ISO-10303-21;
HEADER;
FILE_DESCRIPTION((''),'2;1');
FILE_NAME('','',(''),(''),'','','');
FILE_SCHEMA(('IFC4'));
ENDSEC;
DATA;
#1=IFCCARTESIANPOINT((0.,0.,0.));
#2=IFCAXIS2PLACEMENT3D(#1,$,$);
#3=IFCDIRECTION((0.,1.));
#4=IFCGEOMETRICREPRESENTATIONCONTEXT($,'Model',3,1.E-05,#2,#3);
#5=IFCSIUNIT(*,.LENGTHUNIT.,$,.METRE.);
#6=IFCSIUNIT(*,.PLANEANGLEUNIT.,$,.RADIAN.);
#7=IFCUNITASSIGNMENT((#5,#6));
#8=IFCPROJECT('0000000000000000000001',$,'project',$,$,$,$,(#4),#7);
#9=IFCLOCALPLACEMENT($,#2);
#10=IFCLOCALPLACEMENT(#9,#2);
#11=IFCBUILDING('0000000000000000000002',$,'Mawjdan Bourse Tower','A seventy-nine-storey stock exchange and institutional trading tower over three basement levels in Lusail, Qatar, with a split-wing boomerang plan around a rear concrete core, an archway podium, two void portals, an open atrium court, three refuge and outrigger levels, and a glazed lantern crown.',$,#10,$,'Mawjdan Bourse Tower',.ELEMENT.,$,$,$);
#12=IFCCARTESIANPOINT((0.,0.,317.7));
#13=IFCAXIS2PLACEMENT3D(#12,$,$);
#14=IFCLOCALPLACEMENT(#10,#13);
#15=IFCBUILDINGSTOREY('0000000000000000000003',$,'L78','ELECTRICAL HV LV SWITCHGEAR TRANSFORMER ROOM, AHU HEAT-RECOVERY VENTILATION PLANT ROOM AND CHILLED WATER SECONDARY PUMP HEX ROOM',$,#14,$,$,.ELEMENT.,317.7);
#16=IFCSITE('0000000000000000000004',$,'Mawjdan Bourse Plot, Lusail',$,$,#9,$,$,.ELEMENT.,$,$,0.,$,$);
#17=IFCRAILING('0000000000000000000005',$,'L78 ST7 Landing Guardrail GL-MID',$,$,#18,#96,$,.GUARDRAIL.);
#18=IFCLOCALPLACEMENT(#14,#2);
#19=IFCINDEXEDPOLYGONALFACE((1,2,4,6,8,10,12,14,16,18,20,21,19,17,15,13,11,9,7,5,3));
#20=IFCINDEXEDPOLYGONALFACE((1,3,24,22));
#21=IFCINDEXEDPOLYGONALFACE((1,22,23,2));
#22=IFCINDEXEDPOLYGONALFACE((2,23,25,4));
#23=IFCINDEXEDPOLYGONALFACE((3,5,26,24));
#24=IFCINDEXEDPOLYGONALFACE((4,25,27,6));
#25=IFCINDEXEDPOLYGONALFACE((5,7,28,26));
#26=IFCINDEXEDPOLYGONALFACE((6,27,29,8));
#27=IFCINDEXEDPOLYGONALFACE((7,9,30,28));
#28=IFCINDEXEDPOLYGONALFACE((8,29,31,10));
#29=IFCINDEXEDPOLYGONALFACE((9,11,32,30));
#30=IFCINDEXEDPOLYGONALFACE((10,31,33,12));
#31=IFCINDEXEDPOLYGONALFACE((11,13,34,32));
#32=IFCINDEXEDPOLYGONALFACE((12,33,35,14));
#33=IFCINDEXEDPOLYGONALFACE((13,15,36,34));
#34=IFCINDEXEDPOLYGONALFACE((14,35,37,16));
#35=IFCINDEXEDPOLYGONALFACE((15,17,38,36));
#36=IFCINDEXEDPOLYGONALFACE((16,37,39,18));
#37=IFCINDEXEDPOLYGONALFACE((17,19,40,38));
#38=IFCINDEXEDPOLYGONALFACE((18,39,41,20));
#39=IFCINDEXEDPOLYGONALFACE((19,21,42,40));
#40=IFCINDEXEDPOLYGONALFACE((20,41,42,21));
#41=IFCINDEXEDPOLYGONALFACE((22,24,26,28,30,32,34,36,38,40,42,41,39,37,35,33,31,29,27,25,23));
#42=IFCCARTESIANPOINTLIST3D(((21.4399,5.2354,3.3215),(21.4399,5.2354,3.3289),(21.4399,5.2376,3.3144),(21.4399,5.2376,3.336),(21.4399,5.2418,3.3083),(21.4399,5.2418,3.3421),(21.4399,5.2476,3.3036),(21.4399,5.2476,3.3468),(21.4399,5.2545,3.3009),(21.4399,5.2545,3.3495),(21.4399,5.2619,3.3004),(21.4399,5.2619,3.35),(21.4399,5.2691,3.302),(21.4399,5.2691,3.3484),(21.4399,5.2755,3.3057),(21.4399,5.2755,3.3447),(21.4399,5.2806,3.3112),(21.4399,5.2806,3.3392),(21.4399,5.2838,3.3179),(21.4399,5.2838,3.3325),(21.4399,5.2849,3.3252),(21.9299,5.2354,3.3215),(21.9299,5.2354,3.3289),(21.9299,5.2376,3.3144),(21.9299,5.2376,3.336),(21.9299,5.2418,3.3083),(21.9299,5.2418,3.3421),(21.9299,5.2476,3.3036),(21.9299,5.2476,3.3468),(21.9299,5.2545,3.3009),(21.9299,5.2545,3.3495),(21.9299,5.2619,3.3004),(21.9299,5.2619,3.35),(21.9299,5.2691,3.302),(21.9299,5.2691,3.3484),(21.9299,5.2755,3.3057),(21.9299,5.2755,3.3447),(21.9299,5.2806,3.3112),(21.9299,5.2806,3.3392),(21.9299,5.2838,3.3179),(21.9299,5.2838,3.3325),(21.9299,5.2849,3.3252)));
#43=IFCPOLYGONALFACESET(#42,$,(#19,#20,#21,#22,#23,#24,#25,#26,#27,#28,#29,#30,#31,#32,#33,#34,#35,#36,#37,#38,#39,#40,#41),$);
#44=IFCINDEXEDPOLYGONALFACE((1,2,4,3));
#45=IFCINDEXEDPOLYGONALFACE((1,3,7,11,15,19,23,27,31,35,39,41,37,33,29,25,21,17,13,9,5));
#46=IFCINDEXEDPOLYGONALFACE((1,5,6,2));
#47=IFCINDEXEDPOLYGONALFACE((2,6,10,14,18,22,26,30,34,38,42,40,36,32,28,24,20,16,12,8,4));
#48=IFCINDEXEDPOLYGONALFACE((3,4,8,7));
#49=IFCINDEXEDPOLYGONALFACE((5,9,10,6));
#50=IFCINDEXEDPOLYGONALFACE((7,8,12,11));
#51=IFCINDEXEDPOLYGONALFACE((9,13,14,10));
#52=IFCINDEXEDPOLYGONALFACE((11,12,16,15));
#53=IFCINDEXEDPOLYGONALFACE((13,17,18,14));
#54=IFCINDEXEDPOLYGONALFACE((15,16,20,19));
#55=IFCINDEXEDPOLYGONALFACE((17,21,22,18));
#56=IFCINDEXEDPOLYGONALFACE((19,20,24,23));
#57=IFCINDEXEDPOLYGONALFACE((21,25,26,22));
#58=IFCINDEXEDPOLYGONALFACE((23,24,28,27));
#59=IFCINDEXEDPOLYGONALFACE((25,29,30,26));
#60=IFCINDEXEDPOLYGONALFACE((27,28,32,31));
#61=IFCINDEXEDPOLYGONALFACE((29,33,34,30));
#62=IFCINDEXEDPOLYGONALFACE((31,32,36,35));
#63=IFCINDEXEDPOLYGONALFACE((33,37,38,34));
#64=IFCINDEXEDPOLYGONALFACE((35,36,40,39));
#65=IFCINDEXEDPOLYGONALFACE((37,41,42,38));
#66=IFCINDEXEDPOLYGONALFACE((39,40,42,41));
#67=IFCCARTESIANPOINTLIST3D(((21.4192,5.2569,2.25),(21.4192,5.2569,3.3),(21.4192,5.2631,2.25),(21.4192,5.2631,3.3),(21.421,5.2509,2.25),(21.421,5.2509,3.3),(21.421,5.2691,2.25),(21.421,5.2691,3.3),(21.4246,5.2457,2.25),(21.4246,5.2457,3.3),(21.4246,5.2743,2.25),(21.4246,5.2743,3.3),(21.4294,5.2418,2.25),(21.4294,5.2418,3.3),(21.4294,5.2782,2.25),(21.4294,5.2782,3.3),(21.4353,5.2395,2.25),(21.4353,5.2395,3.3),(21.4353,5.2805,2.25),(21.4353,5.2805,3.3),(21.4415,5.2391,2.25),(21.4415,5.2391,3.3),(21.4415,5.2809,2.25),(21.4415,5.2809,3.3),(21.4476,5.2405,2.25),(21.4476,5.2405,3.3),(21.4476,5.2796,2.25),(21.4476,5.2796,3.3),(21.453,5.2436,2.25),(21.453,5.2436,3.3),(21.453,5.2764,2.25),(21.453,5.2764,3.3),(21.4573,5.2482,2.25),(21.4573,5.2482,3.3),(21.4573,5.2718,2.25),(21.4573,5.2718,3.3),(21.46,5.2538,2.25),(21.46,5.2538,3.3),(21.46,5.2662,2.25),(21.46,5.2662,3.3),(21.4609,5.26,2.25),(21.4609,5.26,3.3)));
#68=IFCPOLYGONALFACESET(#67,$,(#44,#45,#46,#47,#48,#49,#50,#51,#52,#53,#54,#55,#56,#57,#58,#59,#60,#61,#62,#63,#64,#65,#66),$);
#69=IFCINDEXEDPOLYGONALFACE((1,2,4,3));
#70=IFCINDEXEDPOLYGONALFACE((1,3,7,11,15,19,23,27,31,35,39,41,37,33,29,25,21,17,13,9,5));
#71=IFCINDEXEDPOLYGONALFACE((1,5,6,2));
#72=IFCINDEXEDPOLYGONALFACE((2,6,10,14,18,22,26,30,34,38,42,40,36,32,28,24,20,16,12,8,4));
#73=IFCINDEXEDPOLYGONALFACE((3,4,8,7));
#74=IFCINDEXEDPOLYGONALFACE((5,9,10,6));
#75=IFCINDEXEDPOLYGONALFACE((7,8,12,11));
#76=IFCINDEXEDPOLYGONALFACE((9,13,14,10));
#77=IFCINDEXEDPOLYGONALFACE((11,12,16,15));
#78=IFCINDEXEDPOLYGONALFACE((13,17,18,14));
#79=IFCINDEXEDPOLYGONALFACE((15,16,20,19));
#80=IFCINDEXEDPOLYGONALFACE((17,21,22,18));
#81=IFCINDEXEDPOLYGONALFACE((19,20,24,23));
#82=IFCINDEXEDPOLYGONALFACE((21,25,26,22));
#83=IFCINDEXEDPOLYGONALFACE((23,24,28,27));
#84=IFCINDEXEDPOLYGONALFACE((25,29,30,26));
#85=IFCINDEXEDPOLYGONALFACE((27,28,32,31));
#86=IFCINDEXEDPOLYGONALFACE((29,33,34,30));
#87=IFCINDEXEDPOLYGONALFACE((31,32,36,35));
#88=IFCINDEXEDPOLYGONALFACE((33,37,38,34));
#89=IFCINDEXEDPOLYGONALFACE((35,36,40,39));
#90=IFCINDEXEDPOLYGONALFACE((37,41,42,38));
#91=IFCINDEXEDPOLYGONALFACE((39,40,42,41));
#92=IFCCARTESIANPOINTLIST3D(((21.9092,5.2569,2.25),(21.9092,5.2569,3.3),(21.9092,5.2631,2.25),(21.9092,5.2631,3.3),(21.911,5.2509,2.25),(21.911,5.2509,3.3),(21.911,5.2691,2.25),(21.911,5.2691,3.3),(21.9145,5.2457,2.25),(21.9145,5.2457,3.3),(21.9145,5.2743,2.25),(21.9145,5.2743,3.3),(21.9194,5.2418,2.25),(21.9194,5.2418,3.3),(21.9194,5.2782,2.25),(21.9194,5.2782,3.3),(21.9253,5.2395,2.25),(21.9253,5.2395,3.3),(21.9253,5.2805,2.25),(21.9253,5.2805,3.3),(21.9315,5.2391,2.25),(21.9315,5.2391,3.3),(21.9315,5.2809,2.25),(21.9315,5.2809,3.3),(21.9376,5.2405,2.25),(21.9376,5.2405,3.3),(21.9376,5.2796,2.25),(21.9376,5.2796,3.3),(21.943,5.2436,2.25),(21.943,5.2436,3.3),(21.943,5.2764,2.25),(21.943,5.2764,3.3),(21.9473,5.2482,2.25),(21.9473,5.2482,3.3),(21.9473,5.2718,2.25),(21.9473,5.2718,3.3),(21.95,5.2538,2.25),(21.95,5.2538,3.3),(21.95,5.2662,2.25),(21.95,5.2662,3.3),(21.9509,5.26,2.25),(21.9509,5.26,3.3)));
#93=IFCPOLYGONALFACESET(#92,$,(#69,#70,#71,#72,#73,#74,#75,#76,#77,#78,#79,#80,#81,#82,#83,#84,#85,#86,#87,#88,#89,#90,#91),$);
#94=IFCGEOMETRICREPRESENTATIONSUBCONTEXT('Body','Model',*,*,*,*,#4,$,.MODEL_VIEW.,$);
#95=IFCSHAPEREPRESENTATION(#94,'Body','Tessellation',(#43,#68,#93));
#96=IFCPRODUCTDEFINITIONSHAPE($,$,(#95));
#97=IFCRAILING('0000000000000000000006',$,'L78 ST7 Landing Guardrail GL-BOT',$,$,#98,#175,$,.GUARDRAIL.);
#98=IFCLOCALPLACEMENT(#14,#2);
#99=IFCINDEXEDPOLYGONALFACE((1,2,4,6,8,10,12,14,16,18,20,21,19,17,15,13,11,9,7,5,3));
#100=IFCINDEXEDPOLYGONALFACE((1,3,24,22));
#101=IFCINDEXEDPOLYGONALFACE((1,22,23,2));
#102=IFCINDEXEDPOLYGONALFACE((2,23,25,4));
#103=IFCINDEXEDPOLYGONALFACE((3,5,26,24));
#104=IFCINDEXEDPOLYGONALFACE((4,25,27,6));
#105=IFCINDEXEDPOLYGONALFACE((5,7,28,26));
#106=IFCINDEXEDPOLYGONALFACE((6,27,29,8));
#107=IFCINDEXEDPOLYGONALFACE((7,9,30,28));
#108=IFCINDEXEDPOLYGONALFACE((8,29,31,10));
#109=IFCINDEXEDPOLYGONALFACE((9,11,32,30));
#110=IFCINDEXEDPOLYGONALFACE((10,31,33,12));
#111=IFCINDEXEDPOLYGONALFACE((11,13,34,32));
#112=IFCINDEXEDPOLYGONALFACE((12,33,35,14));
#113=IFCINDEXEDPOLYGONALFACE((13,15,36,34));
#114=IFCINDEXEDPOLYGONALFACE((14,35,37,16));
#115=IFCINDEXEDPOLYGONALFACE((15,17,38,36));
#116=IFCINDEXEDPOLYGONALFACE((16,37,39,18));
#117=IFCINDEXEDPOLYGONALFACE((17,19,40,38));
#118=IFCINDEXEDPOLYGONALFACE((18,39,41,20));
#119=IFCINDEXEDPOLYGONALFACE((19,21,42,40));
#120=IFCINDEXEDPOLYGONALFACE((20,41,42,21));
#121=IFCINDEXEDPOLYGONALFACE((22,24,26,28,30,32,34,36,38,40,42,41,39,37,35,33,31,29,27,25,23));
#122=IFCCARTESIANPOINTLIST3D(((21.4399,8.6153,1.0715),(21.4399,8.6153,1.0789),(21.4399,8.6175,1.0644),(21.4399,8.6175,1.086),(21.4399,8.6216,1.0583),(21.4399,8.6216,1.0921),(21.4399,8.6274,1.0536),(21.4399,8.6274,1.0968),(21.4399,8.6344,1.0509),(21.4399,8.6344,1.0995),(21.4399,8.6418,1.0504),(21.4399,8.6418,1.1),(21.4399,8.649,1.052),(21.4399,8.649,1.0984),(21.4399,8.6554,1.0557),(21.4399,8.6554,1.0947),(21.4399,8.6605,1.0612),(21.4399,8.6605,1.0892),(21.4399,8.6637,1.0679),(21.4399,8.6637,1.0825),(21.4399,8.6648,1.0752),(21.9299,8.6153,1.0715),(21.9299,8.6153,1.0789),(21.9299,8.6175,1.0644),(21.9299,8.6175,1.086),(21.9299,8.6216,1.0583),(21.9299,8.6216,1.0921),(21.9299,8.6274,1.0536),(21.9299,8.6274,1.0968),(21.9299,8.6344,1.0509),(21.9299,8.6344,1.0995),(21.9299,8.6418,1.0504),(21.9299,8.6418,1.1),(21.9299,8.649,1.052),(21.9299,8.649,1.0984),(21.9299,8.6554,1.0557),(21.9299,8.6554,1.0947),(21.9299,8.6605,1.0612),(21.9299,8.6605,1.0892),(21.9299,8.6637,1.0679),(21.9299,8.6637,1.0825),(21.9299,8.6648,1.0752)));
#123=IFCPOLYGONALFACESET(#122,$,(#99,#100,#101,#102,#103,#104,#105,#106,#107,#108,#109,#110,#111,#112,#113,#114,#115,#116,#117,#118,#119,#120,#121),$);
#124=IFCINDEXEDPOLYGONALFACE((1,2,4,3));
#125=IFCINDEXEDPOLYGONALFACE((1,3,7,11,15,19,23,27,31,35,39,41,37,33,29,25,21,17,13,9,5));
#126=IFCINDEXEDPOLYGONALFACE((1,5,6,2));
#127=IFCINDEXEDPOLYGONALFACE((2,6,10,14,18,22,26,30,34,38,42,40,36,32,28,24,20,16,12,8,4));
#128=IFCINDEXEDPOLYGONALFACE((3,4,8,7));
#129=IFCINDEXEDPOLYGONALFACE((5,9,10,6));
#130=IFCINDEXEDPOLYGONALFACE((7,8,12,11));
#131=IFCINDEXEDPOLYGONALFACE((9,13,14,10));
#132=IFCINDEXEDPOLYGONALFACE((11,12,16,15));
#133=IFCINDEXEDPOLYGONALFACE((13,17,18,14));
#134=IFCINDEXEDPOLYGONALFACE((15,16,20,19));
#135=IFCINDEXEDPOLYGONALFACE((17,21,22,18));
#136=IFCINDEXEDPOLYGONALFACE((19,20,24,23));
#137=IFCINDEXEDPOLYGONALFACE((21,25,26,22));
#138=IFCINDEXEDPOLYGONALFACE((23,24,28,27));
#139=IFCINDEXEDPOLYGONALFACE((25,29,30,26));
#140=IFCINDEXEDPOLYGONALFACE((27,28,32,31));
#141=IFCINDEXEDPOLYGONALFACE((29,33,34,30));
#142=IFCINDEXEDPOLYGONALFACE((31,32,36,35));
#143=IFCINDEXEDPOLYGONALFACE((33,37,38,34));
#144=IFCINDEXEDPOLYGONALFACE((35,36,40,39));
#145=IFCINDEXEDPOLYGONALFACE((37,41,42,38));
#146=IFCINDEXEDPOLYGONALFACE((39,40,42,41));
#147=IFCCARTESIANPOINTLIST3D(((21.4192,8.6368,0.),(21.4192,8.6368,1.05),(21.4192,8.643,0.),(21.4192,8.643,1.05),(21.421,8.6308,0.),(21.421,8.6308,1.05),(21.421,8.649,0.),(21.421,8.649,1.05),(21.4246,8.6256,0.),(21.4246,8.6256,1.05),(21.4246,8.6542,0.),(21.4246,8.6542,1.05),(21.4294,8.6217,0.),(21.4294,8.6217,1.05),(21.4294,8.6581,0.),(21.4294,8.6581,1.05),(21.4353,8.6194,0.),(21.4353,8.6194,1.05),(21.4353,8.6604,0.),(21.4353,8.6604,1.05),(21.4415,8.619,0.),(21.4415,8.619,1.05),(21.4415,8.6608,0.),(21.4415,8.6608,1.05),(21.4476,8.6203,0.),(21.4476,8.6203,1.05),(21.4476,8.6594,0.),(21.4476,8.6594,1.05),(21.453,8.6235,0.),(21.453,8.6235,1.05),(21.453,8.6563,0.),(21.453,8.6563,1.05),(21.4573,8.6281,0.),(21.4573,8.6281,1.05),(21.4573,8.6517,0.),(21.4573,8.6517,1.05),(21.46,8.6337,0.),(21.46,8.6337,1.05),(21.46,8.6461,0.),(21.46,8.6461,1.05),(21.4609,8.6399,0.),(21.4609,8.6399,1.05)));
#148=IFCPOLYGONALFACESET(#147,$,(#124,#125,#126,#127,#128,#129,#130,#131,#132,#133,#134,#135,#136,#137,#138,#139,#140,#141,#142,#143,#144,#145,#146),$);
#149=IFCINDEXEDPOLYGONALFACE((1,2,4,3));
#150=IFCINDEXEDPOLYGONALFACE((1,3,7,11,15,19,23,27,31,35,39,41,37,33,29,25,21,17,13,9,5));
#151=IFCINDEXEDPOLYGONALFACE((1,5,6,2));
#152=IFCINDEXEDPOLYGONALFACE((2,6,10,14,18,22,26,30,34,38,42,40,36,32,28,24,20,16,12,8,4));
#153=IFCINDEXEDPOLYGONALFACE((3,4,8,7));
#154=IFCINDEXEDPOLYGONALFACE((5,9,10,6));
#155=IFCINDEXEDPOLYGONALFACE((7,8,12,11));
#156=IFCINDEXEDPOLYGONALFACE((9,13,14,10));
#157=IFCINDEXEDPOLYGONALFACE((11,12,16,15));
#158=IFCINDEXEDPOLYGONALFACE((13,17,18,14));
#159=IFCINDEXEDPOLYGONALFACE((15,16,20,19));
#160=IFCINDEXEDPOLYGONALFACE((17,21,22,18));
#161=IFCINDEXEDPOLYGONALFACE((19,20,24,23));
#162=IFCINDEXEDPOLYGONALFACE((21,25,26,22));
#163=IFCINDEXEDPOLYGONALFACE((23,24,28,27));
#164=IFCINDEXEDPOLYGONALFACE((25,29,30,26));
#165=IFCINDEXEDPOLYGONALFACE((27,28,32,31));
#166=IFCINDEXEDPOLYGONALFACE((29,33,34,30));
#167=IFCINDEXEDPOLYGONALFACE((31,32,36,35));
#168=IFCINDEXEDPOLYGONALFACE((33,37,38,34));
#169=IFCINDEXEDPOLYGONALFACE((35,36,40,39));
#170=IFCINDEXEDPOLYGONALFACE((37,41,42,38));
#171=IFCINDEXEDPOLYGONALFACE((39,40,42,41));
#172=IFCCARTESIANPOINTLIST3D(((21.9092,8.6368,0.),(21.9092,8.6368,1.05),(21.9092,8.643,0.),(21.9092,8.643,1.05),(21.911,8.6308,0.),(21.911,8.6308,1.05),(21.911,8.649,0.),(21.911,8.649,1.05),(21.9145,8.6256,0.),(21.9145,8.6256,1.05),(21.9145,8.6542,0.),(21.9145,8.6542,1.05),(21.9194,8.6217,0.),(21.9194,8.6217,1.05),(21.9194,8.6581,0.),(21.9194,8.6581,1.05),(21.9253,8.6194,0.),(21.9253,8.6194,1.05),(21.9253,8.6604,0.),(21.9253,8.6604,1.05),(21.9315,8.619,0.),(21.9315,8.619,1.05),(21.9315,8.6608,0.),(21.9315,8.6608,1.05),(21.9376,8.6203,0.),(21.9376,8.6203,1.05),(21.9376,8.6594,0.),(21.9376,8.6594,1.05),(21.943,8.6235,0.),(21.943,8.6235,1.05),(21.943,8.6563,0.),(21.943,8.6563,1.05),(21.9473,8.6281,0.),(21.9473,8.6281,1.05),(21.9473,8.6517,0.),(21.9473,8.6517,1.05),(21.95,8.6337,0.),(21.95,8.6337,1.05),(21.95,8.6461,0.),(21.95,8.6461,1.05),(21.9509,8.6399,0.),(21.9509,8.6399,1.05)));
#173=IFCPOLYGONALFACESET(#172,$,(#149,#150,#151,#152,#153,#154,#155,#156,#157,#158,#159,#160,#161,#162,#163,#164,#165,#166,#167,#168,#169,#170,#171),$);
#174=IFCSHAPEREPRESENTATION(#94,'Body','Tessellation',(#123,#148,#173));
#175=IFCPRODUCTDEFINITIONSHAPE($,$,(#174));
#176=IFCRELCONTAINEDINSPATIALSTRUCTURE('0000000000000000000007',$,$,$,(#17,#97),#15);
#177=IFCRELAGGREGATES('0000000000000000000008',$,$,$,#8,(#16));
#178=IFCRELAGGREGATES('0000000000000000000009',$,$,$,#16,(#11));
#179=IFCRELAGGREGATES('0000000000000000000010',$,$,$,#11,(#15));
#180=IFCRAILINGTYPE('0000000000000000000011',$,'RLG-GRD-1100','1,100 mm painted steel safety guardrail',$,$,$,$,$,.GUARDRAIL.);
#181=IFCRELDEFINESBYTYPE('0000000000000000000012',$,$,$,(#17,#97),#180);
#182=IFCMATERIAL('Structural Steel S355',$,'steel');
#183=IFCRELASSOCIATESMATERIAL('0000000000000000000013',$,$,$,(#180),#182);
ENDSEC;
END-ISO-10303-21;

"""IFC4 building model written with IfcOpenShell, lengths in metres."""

from ifc_helpers import new_model, si_unit, direction, frame, origin, origin_2d, place, context, subcontext, project, spatial, circle, extrude, material, type_object, element, save


model = new_model("IFC4")

# Units and contexts
model_context = context("Model", 3, precision=1e-05, world=origin(), true_north=direction((0.0, 1.0)))
body_context = subcontext(model_context, "Body", "Model", "MODEL_VIEW")
ifc_project = project(units=[si_unit("LENGTHUNIT", "METRE"), si_unit("PLANEANGLEUNIT", "RADIAN")], contexts=[model_context])

# Site, building, storey
site_placement = place(None, origin())
site = spatial("IfcSite", under=ifc_project, at=site_placement, Name="Mawjdan Bourse Plot, Lusail", CompositionType="ELEMENT", RefElevation=0.0)
building_placement = place(site_placement, origin())
building = spatial("IfcBuilding", under=site, at=building_placement, Name="Mawjdan Bourse Tower", Description="A seventy-nine-storey stock exchange and institutional trading tower over three basement levels in Lusail, Qatar, with a split-wing boomerang plan around a rear concrete core, an archway podium, two void portals, an open atrium court, three refuge and outrigger levels, and a glazed lantern crown.", LongName="Mawjdan Bourse Tower", CompositionType="ELEMENT")
storey_placement = place(building_placement, frame((0.0, 0.0, 317.7)))
storey = spatial("IfcBuildingStorey", under=building, at=storey_placement, Name="L78", Description="ELECTRICAL HV LV SWITCHGEAR TRANSFORMER ROOM, AHU HEAT-RECOVERY VENTILATION PLANT ROOM AND CHILLED WATER SECONDARY PUMP HEX ROOM", CompositionType="ELEMENT", Elevation=317.7)

# Shared definitions
ifc_material_1 = material(Name="Structural Steel S355", Category="steel")

# Railings
railing_type_1 = type_object("IfcRailingType", Name="RLG-GRD-1100", Description="1,100 mm painted steel safety guardrail", PredefinedType="GUARDRAIL", material=ifc_material_1)
for number, where, name in (
    (1, (21.4399, 5.26, 2.25), "L78 ST7 Landing Guardrail GL-MID"),
    (2, (21.4399, 8.6399, 0.0), "L78 ST7 Landing Guardrail GL-BOT"),
):
    element("IfcRailing", number, at=place(storey_placement, frame(where)), inside=storey, type_object=railing_type_1, Name=name, PredefinedType="GUARDRAIL", context=body_context, shape_type="SweptSolid", body=[
        extrude(circle(Radius=0.0249, at=origin_2d()), frame((0.0, 0.0, 1.0752), z_axis=(1.0, 0.0, 0.0), x_axis=(0.0, 1.0, 0.0)), (0.0, 0.0, 1.0), 0.49),
        extrude(circle(Radius=0.021, at=origin_2d()), origin(), (0.0, 0.0, 1.0), 1.05),
        extrude(circle(Radius=0.021, at=origin_2d()), frame((0.49, 0.0, 0.0)), (0.0, 0.0, 1.0), 1.05),
    ])

save(model, "model.ifc")
